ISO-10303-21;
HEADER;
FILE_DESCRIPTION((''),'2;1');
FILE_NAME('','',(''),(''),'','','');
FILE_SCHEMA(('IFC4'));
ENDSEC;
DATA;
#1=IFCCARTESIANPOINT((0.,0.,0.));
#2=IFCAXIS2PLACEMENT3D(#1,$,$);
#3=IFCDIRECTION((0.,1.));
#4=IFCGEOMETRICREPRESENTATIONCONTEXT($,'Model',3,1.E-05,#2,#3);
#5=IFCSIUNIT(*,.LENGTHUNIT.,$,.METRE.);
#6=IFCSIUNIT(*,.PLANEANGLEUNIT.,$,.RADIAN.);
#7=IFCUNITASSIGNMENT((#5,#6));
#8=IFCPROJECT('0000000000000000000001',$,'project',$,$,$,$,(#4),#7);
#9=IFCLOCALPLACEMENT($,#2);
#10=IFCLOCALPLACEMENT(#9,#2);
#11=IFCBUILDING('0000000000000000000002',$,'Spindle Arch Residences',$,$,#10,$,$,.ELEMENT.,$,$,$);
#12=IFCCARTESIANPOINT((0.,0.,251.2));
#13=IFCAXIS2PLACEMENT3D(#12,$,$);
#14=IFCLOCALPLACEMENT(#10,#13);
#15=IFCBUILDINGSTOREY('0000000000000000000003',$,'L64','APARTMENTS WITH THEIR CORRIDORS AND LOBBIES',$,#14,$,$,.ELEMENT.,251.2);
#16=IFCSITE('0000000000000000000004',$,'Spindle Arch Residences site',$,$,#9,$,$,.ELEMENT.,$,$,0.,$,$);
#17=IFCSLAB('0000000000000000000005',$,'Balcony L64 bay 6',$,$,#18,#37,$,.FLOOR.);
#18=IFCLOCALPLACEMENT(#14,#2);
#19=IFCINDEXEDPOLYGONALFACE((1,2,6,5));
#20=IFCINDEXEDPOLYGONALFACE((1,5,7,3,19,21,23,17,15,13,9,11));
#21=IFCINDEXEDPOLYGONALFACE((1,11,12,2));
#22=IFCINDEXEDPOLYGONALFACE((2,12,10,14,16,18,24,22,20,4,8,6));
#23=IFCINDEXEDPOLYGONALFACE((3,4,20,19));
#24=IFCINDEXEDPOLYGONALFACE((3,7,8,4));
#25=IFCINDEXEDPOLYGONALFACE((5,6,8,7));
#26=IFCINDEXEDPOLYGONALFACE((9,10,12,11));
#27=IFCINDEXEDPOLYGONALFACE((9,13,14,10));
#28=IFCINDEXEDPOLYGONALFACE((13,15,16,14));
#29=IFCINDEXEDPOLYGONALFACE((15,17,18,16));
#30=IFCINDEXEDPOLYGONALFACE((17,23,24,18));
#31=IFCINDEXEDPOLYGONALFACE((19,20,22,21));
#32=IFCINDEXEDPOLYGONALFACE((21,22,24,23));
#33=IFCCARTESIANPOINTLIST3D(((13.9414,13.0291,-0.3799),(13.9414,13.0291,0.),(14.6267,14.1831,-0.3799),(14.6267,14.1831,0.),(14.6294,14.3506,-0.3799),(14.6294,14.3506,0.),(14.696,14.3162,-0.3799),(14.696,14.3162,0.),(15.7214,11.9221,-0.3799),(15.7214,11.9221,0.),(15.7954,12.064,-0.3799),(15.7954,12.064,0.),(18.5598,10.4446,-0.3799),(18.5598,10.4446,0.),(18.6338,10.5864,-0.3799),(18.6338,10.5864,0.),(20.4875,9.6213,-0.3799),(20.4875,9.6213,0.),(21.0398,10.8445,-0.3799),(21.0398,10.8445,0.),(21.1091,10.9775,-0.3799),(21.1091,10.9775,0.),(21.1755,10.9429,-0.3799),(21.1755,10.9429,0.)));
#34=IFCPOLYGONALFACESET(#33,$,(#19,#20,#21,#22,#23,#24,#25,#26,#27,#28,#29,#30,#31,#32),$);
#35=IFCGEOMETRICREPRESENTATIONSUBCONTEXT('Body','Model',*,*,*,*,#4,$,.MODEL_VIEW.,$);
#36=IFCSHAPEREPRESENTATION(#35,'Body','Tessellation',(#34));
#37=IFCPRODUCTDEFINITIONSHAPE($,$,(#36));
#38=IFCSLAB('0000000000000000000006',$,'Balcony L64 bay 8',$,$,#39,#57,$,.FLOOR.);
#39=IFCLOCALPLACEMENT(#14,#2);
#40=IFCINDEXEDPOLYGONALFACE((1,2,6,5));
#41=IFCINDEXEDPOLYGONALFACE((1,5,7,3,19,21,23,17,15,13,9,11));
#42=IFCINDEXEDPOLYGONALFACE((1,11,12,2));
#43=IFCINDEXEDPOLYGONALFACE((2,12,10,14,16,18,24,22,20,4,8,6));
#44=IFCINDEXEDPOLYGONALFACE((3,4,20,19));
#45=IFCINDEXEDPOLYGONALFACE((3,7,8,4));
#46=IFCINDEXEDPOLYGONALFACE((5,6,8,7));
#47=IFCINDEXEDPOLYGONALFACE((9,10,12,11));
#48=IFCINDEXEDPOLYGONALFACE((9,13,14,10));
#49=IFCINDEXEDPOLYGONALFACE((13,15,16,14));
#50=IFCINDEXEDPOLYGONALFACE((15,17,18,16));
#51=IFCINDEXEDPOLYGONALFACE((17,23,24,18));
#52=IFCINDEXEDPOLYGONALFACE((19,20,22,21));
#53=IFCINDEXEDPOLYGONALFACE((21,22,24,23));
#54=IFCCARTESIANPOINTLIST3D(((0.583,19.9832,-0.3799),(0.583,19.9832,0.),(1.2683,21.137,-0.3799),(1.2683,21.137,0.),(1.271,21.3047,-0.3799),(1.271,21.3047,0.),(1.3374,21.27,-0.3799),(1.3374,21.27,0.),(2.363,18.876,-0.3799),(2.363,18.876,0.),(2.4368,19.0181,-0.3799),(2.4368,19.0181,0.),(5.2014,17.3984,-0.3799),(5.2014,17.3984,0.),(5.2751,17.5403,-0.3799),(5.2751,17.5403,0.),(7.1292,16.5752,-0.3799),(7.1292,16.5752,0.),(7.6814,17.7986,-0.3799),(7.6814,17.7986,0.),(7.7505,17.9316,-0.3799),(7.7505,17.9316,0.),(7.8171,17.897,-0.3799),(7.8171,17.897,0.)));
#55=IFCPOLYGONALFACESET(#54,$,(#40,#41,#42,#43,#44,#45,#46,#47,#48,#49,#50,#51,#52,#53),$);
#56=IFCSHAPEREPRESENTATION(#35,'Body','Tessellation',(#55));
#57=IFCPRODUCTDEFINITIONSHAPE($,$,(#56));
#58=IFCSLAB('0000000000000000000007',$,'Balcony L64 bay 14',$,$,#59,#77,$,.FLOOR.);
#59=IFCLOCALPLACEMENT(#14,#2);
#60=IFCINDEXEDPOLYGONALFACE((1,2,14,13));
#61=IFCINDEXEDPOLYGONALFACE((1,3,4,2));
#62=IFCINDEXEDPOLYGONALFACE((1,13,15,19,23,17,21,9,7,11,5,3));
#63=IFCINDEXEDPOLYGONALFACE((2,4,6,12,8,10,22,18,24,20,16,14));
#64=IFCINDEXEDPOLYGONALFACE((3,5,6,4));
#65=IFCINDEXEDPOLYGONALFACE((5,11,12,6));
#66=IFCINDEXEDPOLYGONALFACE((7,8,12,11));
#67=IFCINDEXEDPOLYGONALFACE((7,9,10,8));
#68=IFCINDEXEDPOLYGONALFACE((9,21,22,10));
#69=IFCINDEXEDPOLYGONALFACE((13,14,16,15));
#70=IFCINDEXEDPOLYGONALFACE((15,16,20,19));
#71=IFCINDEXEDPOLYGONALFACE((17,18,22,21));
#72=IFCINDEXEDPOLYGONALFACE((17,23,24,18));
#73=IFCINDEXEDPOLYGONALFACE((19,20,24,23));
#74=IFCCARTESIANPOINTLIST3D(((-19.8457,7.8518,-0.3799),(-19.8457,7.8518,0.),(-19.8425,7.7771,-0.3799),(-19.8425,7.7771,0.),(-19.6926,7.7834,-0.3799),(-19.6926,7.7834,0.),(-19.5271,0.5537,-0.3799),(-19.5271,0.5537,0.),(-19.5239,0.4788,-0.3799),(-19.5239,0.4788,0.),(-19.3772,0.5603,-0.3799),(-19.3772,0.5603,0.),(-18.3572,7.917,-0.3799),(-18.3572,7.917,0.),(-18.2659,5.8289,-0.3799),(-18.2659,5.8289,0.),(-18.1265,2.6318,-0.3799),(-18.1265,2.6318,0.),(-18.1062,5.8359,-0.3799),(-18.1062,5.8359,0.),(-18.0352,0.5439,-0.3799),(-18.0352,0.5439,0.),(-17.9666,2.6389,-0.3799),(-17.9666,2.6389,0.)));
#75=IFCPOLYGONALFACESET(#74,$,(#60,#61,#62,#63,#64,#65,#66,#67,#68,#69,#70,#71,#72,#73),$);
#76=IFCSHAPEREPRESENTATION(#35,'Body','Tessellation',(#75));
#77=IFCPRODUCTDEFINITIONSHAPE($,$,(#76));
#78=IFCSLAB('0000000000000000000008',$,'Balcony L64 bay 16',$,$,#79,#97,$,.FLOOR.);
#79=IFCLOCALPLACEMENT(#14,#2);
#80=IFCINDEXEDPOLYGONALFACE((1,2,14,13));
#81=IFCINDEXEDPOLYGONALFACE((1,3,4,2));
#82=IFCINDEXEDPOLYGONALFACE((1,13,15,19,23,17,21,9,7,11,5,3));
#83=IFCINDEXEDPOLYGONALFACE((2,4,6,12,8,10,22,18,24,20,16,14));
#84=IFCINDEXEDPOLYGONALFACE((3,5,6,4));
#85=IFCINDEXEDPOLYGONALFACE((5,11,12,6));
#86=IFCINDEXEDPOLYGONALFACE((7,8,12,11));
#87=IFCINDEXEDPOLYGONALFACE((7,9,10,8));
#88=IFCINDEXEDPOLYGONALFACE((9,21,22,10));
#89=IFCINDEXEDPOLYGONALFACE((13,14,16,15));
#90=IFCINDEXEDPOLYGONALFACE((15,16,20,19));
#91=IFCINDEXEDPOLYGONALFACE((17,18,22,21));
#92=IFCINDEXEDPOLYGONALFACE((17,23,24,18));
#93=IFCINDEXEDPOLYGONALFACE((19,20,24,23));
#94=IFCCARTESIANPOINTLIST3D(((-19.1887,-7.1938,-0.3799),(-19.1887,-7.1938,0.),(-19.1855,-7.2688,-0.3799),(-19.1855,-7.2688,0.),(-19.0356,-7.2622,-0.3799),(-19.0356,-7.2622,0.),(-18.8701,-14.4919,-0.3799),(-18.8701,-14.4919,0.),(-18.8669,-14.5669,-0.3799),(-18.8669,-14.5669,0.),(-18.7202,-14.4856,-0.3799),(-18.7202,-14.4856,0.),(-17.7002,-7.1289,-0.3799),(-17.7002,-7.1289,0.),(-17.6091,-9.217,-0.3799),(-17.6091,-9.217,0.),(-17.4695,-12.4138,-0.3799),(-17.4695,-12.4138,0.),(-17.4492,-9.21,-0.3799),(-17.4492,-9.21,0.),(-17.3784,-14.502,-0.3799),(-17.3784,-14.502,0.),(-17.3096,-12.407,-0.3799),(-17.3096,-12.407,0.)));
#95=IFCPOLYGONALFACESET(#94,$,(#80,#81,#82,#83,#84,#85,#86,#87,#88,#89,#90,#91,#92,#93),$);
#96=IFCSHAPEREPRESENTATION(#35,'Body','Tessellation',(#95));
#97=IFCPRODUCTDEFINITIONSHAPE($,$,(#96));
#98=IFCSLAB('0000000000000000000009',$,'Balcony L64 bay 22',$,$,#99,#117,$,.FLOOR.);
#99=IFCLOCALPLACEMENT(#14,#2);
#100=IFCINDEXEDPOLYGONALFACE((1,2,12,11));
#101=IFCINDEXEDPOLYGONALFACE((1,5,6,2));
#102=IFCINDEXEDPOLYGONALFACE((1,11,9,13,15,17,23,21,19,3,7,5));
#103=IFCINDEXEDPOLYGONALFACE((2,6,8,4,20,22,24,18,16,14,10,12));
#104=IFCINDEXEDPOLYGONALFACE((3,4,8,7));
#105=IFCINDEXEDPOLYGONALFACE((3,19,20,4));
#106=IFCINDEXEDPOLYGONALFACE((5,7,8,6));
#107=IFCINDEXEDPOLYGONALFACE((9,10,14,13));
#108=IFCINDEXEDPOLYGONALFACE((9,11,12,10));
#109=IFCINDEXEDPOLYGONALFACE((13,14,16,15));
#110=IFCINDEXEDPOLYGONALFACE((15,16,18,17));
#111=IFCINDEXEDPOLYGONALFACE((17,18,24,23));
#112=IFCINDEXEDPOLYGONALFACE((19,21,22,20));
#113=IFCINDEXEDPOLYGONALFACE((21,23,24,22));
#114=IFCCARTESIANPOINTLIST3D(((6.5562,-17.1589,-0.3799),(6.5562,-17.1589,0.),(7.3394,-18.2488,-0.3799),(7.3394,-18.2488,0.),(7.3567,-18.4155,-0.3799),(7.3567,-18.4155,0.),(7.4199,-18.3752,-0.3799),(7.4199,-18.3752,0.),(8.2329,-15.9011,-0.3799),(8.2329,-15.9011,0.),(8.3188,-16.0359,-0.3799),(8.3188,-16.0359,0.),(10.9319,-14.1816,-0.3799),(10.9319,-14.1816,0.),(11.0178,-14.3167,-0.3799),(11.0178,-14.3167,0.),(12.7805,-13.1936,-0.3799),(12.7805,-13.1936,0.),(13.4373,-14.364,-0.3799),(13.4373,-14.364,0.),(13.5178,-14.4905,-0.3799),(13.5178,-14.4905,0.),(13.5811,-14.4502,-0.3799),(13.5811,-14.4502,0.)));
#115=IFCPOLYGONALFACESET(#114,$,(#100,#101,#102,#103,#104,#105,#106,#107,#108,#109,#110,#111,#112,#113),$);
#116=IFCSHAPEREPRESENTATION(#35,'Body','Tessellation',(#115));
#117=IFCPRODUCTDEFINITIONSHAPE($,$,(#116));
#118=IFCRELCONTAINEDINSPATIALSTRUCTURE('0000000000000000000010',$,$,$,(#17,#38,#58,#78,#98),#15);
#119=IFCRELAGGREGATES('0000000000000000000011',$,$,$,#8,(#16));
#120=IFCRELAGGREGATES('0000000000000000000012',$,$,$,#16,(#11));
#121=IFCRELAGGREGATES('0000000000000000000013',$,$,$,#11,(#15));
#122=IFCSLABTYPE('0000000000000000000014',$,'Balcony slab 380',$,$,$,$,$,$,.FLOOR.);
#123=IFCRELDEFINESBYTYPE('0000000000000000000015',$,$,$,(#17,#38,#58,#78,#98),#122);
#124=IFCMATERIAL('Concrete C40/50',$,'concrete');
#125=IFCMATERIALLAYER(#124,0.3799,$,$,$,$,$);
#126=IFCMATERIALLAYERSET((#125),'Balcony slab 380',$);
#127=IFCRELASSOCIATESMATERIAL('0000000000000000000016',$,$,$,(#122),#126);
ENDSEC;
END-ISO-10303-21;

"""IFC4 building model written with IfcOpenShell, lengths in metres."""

from ifc_helpers import new_model, si_unit, direction, frame, origin, place, context, subcontext, project, spatial, polyline, outline, extrude, material, layer, layer_set, type_object, element, save


model = new_model("IFC4")

# Units and contexts
model_context = context("Model", 3, precision=1e-05, world=origin(), true_north=direction((0.0, 1.0)))
body_context = subcontext(model_context, "Body", "Model", "MODEL_VIEW")
ifc_project = project(units=[si_unit("LENGTHUNIT", "METRE"), si_unit("PLANEANGLEUNIT", "RADIAN")], contexts=[model_context])

# Site, building, storey
site_placement = place(None, origin())
site = spatial("IfcSite", under=ifc_project, at=site_placement, Name="Spindle Arch Residences site", CompositionType="ELEMENT", RefElevation=0.0)
building_placement = place(site_placement, origin())
building = spatial("IfcBuilding", under=site, at=building_placement, Name="Spindle Arch Residences", CompositionType="ELEMENT")
storey_placement = place(building_placement, frame((0.0, 0.0, 251.2)))
storey = spatial("IfcBuildingStorey", under=building, at=storey_placement, Name="L64", Description="APARTMENTS WITH THEIR CORRIDORS AND LOBBIES", CompositionType="ELEMENT", Elevation=251.2)

# Slabs
ifc_material_1 = material(Name="Concrete C40/50", Category="concrete")
ifc_layer_1 = layer(ifc_material_1, 0.3799)
ifc_layer_set_1 = layer_set([ifc_layer_1], Name="Balcony slab 380")
slab_type_1 = type_object("IfcSlabType", Name="Balcony slab 380", PredefinedType="FLOOR", material=ifc_layer_set_1)
slab_1_placement = place(storey_placement, frame((0.0, 0.0, -0.3799)))
element("IfcSlab", 1, at=slab_1_placement, inside=storey, type_object=slab_type_1, Name="Balcony L64 bay 6", PredefinedType="FLOOR", context=body_context, shape_type="SweptSolid", body=[
    extrude(outline(polyline([(21.1755, 10.9429), (21.1091, 10.9775), (21.0398, 10.8445), (14.6267, 14.1831), (14.696, 14.3162), (14.6294, 14.3506), (13.9414, 13.0291), (15.7954, 12.064), (15.7214, 11.9221), (18.5598, 10.4446), (18.6338, 10.5864), (20.4875, 9.6213), (21.1755, 10.9429)])), origin(), (0.0, 0.0, 1.0), 0.3799),
])
slab_2_placement = place(storey_placement, frame((0.0, 0.0, -0.3799)))
element("IfcSlab", 2, at=slab_2_placement, inside=storey, type_object=slab_type_1, Name="Balcony L64 bay 8", PredefinedType="FLOOR", context=body_context, shape_type="SweptSolid", body=[
    extrude(outline(polyline([(7.8171, 17.897), (7.7505, 17.9316), (7.6814, 17.7986), (1.2683, 21.137), (1.3374, 21.27), (1.271, 21.3047), (0.583, 19.9832), (2.4368, 19.0181), (2.363, 18.876), (5.2014, 17.3984), (5.2751, 17.5403), (7.1292, 16.5752), (7.8171, 17.897)])), origin(), (0.0, 0.0, 1.0), 0.3799),
])
slab_3_placement = place(storey_placement, frame((0.0, 0.0, -0.3799)))
element("IfcSlab", 3, at=slab_3_placement, inside=storey, type_object=slab_type_1, Name="Balcony L64 bay 14", PredefinedType="FLOOR", context=body_context, shape_type="SweptSolid", body=[
    extrude(outline(polyline([(-19.8457, 7.8518), (-19.8425, 7.7771), (-19.6926, 7.7834), (-19.3772, 0.5603), (-19.5271, 0.5537), (-19.5239, 0.4788), (-18.0352, 0.5439), (-18.1265, 2.6318), (-17.9666, 2.6389), (-18.1062, 5.8359), (-18.2659, 5.8289), (-18.3572, 7.917), (-19.8457, 7.8518)])), origin(), (0.0, 0.0, 1.0), 0.3799),
])
slab_4_placement = place(storey_placement, frame((0.0, 0.0, -0.3799)))
element("IfcSlab", 4, at=slab_4_placement, inside=storey, type_object=slab_type_1, Name="Balcony L64 bay 16", PredefinedType="FLOOR", context=body_context, shape_type="SweptSolid", body=[
    extrude(outline(polyline([(-19.1887, -7.1938), (-19.1855, -7.2688), (-19.0356, -7.2622), (-18.7202, -14.4856), (-18.8701, -14.4919), (-18.8669, -14.5669), (-17.3784, -14.502), (-17.4695, -12.4138), (-17.3096, -12.407), (-17.4492, -9.21), (-17.6091, -9.217), (-17.7002, -7.1289), (-19.1887, -7.1938)])), origin(), (0.0, 0.0, 1.0), 0.3799),
])
slab_5_placement = place(storey_placement, frame((0.0, 0.0, -0.3799)))
element("IfcSlab", 5, at=slab_5_placement, inside=storey, type_object=slab_type_1, Name="Balcony L64 bay 22", PredefinedType="FLOOR", context=body_context, shape_type="SweptSolid", body=[
    extrude(outline(polyline([(7.3567, -18.4155), (7.4199, -18.3752), (7.3394, -18.2488), (13.4373, -14.364), (13.5178, -14.4905), (13.5811, -14.4502), (12.7805, -13.1936), (11.0178, -14.3167), (10.9319, -14.1816), (8.2329, -15.9011), (8.3188, -16.0359), (6.5562, -17.1589), (7.3567, -18.4155)])), origin(), (0.0, 0.0, 1.0), 0.3799),
])

save(model, "model.ifc")
